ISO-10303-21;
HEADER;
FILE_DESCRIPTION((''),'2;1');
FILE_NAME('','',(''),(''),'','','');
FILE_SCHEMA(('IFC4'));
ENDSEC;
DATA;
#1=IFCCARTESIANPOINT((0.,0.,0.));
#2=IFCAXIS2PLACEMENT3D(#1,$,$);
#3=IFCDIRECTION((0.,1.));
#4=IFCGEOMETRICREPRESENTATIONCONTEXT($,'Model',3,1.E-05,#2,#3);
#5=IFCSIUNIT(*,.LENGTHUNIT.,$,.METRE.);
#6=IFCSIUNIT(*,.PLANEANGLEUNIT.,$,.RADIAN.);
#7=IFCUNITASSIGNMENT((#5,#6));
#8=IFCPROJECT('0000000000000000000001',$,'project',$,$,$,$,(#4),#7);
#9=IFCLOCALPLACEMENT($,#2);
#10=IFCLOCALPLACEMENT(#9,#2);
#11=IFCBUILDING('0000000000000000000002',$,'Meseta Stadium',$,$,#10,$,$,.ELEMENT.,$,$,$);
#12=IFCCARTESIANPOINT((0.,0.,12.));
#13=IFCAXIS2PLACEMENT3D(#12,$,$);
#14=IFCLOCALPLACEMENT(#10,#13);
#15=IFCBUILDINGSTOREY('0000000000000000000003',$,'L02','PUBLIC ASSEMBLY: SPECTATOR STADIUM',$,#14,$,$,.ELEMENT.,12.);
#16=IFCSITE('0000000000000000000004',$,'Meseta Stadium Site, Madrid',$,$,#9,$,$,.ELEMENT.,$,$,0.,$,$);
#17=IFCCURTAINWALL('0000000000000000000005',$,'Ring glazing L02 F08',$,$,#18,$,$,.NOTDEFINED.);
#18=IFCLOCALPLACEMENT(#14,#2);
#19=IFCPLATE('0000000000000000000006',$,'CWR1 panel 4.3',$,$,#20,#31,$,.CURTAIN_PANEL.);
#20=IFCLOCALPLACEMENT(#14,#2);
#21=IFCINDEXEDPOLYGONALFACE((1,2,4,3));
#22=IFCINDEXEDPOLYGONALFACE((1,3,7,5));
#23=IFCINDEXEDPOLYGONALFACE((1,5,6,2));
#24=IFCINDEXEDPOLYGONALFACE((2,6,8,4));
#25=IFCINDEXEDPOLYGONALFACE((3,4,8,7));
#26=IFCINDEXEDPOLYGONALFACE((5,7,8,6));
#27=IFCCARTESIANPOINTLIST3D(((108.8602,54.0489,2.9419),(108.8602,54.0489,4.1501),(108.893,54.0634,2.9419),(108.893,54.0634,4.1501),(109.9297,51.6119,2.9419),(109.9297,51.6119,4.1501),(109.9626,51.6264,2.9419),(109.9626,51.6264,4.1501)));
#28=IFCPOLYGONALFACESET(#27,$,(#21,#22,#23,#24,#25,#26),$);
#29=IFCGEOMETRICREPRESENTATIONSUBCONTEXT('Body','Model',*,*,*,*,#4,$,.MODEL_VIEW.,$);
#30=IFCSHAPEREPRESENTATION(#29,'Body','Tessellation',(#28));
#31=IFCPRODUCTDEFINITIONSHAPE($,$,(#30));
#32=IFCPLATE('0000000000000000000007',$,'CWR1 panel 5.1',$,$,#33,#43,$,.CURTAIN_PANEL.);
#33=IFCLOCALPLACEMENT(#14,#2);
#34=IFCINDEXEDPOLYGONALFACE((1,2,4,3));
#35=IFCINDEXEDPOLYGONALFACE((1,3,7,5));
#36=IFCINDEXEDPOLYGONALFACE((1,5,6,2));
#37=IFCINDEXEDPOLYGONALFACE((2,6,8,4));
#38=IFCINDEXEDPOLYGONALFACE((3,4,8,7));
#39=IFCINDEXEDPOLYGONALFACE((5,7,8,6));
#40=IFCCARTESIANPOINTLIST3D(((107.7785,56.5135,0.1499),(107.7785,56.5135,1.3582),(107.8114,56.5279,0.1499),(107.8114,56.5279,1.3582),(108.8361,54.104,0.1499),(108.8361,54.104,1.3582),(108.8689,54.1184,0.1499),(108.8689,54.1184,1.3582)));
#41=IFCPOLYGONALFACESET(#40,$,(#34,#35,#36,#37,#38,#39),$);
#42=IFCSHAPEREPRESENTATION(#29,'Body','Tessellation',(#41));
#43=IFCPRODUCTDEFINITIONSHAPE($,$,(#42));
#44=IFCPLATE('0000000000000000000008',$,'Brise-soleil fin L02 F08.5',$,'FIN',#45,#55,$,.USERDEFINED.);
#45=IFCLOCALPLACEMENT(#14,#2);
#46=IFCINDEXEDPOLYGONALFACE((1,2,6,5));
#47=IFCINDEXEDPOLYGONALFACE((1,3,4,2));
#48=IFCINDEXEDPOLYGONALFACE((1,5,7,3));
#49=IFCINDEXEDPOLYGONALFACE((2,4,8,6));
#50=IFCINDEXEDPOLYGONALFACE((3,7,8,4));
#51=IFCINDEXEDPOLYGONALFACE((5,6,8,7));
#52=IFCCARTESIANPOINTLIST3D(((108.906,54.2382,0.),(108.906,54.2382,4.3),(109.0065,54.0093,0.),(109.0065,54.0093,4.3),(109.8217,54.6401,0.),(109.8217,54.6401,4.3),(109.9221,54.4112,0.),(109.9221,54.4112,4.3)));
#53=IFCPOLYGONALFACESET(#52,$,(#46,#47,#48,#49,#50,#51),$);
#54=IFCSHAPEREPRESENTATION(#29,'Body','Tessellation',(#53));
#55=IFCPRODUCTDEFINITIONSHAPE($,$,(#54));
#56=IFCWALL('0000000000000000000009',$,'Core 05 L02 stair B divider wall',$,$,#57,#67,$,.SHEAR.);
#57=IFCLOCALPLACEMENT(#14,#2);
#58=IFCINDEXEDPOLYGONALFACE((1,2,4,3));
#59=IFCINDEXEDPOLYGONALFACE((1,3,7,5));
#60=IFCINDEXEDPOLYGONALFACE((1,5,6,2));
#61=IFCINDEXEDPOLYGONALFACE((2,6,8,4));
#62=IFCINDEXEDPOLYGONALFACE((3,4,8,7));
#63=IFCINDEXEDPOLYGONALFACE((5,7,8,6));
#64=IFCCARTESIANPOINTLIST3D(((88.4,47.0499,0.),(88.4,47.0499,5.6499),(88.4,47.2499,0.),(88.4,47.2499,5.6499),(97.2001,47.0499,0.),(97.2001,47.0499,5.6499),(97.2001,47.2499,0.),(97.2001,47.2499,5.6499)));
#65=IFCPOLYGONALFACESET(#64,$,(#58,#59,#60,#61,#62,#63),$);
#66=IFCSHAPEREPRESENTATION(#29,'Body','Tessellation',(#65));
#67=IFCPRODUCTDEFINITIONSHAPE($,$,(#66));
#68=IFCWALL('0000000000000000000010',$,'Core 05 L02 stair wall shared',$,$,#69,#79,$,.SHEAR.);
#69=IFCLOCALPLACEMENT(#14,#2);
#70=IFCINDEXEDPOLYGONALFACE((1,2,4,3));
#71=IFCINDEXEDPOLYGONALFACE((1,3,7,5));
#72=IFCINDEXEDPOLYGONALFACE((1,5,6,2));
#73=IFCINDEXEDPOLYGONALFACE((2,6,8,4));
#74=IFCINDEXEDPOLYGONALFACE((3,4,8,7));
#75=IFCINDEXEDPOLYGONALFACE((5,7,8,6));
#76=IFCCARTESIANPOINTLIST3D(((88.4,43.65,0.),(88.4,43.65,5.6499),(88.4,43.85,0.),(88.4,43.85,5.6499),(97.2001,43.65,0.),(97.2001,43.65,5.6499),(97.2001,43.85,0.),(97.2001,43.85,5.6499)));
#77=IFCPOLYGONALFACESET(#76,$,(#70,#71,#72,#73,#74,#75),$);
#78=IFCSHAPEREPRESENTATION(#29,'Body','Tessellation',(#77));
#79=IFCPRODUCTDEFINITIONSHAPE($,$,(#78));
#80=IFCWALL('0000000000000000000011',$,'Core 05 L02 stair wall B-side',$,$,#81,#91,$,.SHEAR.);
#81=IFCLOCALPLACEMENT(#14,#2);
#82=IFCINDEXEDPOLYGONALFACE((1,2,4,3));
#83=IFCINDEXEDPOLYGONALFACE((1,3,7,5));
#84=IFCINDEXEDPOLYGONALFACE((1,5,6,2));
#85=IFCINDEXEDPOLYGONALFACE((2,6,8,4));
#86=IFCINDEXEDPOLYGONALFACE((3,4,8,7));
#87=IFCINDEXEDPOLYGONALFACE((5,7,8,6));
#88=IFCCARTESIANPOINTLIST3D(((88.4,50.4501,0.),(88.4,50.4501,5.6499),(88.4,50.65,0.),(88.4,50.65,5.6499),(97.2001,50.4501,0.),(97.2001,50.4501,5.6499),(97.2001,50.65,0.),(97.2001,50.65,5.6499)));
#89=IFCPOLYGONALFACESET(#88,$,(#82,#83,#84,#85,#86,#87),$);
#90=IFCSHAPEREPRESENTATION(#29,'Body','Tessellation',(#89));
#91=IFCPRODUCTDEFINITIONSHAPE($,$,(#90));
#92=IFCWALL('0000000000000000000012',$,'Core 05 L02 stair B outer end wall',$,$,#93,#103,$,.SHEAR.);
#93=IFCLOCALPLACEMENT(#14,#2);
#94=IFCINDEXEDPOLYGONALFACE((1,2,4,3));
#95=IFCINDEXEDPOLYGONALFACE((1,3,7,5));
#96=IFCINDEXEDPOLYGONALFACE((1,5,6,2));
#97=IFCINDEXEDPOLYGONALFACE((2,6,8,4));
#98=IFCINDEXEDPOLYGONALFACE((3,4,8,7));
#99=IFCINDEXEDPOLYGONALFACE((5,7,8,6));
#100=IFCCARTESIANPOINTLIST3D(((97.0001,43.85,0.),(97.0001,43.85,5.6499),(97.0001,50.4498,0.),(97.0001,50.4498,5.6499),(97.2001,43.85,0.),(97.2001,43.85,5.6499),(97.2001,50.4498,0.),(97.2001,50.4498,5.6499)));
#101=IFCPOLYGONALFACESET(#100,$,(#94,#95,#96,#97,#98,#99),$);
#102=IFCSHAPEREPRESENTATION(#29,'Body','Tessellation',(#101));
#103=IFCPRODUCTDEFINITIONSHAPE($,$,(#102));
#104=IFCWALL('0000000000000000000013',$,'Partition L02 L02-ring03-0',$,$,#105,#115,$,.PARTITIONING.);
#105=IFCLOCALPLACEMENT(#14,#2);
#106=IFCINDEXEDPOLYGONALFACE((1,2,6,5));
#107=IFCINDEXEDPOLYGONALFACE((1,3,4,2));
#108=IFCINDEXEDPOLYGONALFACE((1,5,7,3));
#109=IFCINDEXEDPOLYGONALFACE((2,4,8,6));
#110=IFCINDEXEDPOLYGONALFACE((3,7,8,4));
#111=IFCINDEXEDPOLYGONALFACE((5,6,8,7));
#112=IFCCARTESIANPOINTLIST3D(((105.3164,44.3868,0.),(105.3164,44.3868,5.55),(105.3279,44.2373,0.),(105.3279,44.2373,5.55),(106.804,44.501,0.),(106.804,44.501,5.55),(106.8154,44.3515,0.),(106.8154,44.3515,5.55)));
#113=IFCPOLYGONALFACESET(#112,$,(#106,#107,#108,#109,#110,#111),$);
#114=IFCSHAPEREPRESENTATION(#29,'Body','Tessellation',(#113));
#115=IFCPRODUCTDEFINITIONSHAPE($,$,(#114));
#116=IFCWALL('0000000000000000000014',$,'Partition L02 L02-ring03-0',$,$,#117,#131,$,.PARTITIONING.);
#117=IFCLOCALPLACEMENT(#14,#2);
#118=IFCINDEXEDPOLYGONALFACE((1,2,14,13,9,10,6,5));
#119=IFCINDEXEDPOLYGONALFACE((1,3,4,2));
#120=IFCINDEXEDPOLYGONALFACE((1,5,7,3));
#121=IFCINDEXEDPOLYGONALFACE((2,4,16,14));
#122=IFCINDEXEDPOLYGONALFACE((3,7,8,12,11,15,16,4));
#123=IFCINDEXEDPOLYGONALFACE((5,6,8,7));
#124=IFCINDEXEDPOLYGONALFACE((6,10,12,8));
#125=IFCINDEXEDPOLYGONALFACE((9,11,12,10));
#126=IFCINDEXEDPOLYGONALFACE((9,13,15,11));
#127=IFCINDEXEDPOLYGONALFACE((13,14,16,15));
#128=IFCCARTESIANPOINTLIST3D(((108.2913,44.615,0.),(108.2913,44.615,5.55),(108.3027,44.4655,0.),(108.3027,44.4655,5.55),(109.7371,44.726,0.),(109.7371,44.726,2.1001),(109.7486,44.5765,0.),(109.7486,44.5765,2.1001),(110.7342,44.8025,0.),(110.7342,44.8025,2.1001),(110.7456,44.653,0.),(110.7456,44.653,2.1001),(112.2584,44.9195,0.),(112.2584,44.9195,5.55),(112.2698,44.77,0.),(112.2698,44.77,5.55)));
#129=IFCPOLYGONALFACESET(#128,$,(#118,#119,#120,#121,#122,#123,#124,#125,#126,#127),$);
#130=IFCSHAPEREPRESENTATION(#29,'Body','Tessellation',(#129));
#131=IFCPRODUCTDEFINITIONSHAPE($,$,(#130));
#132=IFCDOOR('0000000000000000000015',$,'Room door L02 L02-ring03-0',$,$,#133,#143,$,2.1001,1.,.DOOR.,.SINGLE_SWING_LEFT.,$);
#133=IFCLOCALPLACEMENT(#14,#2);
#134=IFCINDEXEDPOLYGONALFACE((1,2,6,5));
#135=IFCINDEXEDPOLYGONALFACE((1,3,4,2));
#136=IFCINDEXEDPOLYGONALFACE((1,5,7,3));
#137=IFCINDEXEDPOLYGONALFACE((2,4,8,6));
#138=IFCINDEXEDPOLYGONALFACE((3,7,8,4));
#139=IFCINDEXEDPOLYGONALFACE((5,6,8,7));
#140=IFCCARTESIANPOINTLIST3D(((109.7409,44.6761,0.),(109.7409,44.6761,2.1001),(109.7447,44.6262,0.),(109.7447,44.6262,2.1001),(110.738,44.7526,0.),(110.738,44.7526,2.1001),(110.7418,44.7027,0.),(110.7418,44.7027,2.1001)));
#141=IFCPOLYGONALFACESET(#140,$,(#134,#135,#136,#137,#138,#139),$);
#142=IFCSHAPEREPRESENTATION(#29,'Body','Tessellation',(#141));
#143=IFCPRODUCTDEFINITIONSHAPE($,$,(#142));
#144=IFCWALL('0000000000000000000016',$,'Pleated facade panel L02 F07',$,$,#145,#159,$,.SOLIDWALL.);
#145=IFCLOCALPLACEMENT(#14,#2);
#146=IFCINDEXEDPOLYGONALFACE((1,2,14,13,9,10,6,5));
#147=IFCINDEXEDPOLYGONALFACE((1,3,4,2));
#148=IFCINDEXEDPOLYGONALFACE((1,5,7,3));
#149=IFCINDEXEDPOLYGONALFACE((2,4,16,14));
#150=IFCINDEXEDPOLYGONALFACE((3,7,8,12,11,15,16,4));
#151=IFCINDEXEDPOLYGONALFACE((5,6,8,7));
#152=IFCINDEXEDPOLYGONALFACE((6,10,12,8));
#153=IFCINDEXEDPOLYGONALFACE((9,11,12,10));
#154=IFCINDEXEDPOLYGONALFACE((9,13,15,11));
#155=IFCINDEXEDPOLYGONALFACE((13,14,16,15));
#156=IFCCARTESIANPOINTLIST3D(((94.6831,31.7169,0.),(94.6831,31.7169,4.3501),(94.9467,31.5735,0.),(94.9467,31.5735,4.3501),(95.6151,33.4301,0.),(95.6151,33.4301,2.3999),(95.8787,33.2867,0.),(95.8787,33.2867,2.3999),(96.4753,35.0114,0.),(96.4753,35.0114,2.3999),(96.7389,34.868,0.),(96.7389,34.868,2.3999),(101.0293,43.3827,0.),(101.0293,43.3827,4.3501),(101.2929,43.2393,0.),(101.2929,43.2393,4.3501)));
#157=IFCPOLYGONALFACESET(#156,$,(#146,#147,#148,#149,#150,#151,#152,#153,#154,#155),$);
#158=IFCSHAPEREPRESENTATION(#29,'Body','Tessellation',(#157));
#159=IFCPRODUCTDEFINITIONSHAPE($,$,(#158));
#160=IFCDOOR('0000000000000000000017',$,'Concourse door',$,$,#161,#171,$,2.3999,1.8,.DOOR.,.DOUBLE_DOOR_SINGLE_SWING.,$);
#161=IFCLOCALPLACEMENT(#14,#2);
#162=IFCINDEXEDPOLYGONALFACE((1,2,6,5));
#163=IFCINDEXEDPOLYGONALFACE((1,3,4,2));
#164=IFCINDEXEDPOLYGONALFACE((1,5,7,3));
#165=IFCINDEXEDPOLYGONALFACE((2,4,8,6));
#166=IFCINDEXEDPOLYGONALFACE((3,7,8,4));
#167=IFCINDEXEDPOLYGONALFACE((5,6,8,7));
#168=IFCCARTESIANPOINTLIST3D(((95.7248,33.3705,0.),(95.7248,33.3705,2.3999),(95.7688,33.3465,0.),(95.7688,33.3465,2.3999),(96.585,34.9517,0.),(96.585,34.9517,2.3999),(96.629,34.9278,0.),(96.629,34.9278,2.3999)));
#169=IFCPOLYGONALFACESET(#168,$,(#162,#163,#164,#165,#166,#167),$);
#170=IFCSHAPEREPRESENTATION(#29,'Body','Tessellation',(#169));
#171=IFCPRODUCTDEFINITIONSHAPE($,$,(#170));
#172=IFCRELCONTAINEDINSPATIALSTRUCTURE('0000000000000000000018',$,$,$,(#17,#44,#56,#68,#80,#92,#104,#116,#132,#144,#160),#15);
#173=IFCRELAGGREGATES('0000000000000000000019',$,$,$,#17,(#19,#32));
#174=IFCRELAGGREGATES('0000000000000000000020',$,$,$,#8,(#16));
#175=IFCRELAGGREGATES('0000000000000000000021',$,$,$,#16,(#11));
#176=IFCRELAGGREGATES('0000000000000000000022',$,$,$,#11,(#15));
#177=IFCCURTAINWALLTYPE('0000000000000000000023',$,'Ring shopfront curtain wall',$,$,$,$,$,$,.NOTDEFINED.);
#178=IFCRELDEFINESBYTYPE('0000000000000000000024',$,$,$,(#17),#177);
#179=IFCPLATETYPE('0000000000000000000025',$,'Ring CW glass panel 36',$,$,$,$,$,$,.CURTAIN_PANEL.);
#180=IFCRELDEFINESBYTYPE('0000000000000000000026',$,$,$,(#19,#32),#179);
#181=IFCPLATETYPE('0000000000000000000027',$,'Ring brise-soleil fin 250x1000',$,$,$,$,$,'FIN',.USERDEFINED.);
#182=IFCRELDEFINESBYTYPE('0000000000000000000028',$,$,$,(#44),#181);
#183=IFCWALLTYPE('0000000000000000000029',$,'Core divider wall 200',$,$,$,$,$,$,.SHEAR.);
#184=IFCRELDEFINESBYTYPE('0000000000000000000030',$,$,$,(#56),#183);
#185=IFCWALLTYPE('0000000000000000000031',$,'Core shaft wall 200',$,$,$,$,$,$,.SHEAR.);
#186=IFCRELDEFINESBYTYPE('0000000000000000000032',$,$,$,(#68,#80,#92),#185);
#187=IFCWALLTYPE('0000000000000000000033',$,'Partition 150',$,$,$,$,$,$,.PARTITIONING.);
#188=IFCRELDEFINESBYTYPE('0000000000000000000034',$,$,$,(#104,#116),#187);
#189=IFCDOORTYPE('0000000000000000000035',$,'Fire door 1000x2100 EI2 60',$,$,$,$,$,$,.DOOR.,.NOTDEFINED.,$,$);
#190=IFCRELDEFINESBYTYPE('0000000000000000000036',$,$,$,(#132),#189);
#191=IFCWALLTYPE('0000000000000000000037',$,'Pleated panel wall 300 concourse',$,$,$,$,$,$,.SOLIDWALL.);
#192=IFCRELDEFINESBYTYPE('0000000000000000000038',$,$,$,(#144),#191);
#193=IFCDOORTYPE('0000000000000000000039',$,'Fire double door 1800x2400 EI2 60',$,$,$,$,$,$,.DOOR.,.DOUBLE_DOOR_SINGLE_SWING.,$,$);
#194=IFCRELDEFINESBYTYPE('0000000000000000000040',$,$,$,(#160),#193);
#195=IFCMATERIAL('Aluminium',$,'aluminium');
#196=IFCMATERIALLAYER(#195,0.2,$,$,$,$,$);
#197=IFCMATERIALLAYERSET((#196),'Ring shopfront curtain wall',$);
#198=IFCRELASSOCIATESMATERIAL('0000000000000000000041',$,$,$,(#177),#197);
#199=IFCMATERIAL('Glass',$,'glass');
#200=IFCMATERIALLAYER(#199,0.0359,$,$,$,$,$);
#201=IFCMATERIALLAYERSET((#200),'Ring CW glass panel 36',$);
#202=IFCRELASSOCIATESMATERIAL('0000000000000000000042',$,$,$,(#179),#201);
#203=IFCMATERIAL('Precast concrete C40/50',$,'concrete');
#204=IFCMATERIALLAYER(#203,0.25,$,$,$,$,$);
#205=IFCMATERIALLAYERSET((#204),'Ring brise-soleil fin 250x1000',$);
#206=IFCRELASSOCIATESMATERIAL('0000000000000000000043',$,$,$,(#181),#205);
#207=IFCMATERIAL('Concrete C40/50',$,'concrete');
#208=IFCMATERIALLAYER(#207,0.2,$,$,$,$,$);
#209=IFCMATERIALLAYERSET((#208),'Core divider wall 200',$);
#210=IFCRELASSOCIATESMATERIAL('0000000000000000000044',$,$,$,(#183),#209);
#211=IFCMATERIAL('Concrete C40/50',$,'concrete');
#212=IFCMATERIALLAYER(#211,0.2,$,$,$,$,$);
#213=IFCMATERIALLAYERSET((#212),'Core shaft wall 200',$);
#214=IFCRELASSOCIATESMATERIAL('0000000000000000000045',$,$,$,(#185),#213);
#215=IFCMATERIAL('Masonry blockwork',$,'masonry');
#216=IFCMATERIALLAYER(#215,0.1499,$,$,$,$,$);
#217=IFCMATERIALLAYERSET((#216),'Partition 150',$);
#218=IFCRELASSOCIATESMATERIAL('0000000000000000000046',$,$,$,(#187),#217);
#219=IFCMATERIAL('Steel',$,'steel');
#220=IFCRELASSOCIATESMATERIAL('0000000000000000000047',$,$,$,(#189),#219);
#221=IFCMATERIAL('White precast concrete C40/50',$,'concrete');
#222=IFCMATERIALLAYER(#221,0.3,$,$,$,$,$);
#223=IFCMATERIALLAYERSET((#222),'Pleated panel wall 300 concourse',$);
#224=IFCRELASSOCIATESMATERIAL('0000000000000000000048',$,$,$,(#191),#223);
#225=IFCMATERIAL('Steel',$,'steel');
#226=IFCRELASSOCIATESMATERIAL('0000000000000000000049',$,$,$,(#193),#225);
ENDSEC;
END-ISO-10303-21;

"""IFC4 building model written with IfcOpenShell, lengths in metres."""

from ifc_helpers import new_model, si_unit, direction, frame, frame_2d, origin, origin_2d, place, context, subcontext, project, spatial, rectangle, extrude, material, layer, layer_set, type_object, element, fill, aggregate, save


model = new_model("IFC4")

# Units and contexts
model_context = context("Model", 3, precision=1e-05, world=origin(), true_north=direction((0.0, 1.0)))
body_context = subcontext(model_context, "Body", "Model", "MODEL_VIEW")
ifc_project = project(units=[si_unit("LENGTHUNIT", "METRE"), si_unit("PLANEANGLEUNIT", "RADIAN")], contexts=[model_context])

# Site, building, storey
site_placement = place(None, origin())
site = spatial("IfcSite", under=ifc_project, at=site_placement, Name="Meseta Stadium Site, Madrid", CompositionType="ELEMENT", RefElevation=0.0)
building_placement = place(site_placement, origin())
building = spatial("IfcBuilding", under=site, at=building_placement, Name="Meseta Stadium", CompositionType="ELEMENT")
storey_placement = place(building_placement, frame((0.0, 0.0, 12.0)))
storey = spatial("IfcBuildingStorey", under=building, at=storey_placement, Name="L02", Description="PUBLIC ASSEMBLY: SPECTATOR STADIUM", CompositionType="ELEMENT", Elevation=12.0)

# Curtain wall, plates
ifc_material_1 = material(Name="Aluminium", Category="aluminium")
ifc_layer_1 = layer(ifc_material_1, 0.2)
ifc_layer_set_1 = layer_set([ifc_layer_1], Name="Ring shopfront curtain wall")
curtain_wall_type = type_object("IfcCurtainWallType", Name="Ring shopfront curtain wall", PredefinedType="NOTDEFINED", material=ifc_layer_set_1)
curtain_wall_placement = place(storey_placement, origin())
curtain_wall = element("IfcCurtainWall", 1, at=curtain_wall_placement, inside=storey, type_object=curtain_wall_type, Name="Ring glazing L02 F08", PredefinedType="NOTDEFINED")
ifc_material_2 = material(Name="Glass", Category="glass")
ifc_layer_2 = layer(ifc_material_2, 0.0359)
ifc_layer_set_2 = layer_set([ifc_layer_2], Name="Ring CW glass panel 36")
plate_type_1 = type_object("IfcPlateType", Name="Ring CW glass panel 36", PredefinedType="CURTAIN_PANEL", material=ifc_layer_set_2)
plate_1_placement = place(storey_placement, frame((109.4114, 52.8376, 2.9419), z_axis=(0.0, 0.0, 1.0), x_axis=(-0.401892, 0.915687, 0.0)))
plate_1 = element("IfcPlate", 2, at=plate_1_placement, type_object=plate_type_1, Name="CWR1 panel 4.3", PredefinedType="CURTAIN_PANEL", context=body_context, shape_type="SweptSolid", body=[
    extrude(rectangle(XDim=2.6614, YDim=0.0359, at=origin_2d()), origin(), (0.0, 0.0, 1.0), 1.2083),
])
plate_2_placement = place(storey_placement, frame((108.3237, 55.3159, 0.1499), z_axis=(0.0, 0.0, 1.0), x_axis=(-0.401892, 0.915687, 0.0)))
plate_2 = element("IfcPlate", 3, at=plate_2_placement, type_object=plate_type_1, Name="CWR1 panel 5.1", PredefinedType="CURTAIN_PANEL", context=body_context, shape_type="SweptSolid", body=[
    extrude(rectangle(XDim=2.6313, YDim=0.0359, at=origin_2d()), origin(), (0.0, 0.0, 1.0), 1.2083),
])
aggregate(curtain_wall, [plate_1, plate_2])

# Plate
ifc_material_3 = material(Name="Precast concrete C40/50", Category="concrete")
ifc_layer_3 = layer(ifc_material_3, 0.25)
ifc_layer_set_3 = layer_set([ifc_layer_3], Name="Ring brise-soleil fin 250x1000")
plate_type_2 = type_object("IfcPlateType", Name="Ring brise-soleil fin 250x1000", ElementType="FIN", PredefinedType="USERDEFINED", material=ifc_layer_set_3)
plate_3_placement = place(storey_placement, frame((109.4141, 54.3247, 0.0), z_axis=(0.0, 0.0, 1.0), x_axis=(-0.401892, 0.915687, 0.0)))
element("IfcPlate", 4, at=plate_3_placement, inside=storey, type_object=plate_type_2, Name="Brise-soleil fin L02 F08.5", ObjectType="FIN", PredefinedType="USERDEFINED", context=body_context, shape_type="SweptSolid", body=[
    extrude(rectangle(XDim=0.25, YDim=1.0, at=origin_2d()), origin(), (0.0, 0.0, 1.0), 4.3),
])

# Walls
ifc_material_4 = material(Name="Concrete C40/50", Category="concrete")
ifc_layer_4 = layer(ifc_material_4, 0.2)
ifc_layer_set_4 = layer_set([ifc_layer_4], Name="Core divider wall 200")
wall_type_1 = type_object("IfcWallType", Name="Core divider wall 200", PredefinedType="SHEAR", material=ifc_layer_set_4)
wall_1_placement = place(storey_placement, frame((97.2, 47.1499, 0.0), z_axis=(0.0, 0.0, 1.0), x_axis=(-1.0, 0.0, 0.0)))
element("IfcWall", 5, at=wall_1_placement, inside=storey, type_object=wall_type_1, Name="Core 05 L02 stair B divider wall", PredefinedType="SHEAR", context=body_context, shape_type="SweptSolid", body=[
    extrude(rectangle(XDim=8.8, YDim=0.2, at=frame_2d((4.3999, 0.0))), origin(), (0.0, 0.0, 1.0), 5.6499),
])
ifc_material_5 = material(Name="Concrete C40/50", Category="concrete")
ifc_layer_5 = layer(ifc_material_5, 0.2)
ifc_layer_set_5 = layer_set([ifc_layer_5], Name="Core shaft wall 200")
wall_type_2 = type_object("IfcWallType", Name="Core shaft wall 200", PredefinedType="SHEAR", material=ifc_layer_set_5)
for number, where, z_axis, x_axis, name in (
    (6, (97.2, 43.75, 0.0), (0.0, 0.0, 1.0), (-1.0, 0.0, 0.0), "Core 05 L02 stair wall shared"),
    (7, (97.2, 50.55, 0.0), (0.0, 0.0, 1.0), (-1.0, 0.0, 0.0), "Core 05 L02 stair wall B-side"),
):
    element("IfcWall", number, at=place(storey_placement, frame(where, z_axis=z_axis, x_axis=x_axis)), inside=storey, type_object=wall_type_2, Name=name, PredefinedType="SHEAR", context=body_context, shape_type="SweptSolid", body=[
        extrude(rectangle(XDim=8.8, YDim=0.2, at=frame_2d((4.3999, 0.0))), origin(), (0.0, 0.0, 1.0), 5.6499),
    ])
wall_2_placement = place(storey_placement, frame((97.1001, 43.8501, 0.0), z_axis=(0.0, 0.0, 1.0), x_axis=(0.0, 1.0, 0.0)))
element("IfcWall", 8, at=wall_2_placement, inside=storey, type_object=wall_type_2, Name="Core 05 L02 stair B outer end wall", PredefinedType="SHEAR", context=body_context, shape_type="SweptSolid", body=[
    extrude(rectangle(XDim=6.5999, YDim=0.2, at=frame_2d((3.2998, 0.0))), origin(), (0.0, 0.0, 1.0), 5.6499),
])
ifc_material_6 = material(Name="Masonry blockwork", Category="masonry")
ifc_layer_6 = layer(ifc_material_6, 0.1499)
ifc_layer_set_6 = layer_set([ifc_layer_6], Name="Partition 150")
wall_type_3 = type_object("IfcWallType", Name="Partition 150", PredefinedType="PARTITIONING", material=ifc_layer_set_6)
wall_3_placement = place(storey_placement, frame((105.322, 44.312, 0.0), z_axis=(0.0, 0.0, 1.0), x_axis=(0.997063, 0.076584, 0.0)))
element("IfcWall", 9, at=wall_3_placement, inside=storey, type_object=wall_type_3, Name="Partition L02 L02-ring03-0", PredefinedType="PARTITIONING", context=body_context, shape_type="SweptSolid", body=[
    extrude(rectangle(XDim=1.4919, YDim=0.1499, at=frame_2d((0.7461, 0.0))), origin(), (0.0, 0.0, 1.0), 5.55),
])

# Walls, openings, doors
wall_4_placement = place(storey_placement, frame((108.2971, 44.5403, 0.0), z_axis=(0.0, 0.0, 1.0), x_axis=(0.997068, 0.076518, 0.0)))
wall_4 = element("IfcWall", 10, at=wall_4_placement, inside=storey, type_object=wall_type_3, Name="Partition L02 L02-ring03-0", PredefinedType="PARTITIONING", context=body_context, shape_type="SweptSolid", body=[
    extrude(rectangle(XDim=3.9788, YDim=0.1499, at=frame_2d((1.9893, 0.0))), origin(), (0.0, 0.0, 1.0), 5.55),
])
opening_1_placement = place(wall_4_placement, frame((1.45, 0.0, 0.0)))
opening_1 = element("IfcOpeningElement", 11, at=opening_1_placement, cuts=wall_4, PredefinedType="OPENING", context=body_context, shape_type="SweptSolid", body=[
    extrude(rectangle(XDim=1.0, YDim=2.1001, at=frame_2d((0.5, 1.05))), frame((0.0, 0.085, 0.0), z_axis=(0.0, -1.0, 0.0), x_axis=(1.0, 0.0, 0.0)), (0.0, 0.0, 1.0), 0.1699),
])
ifc_material_7 = material(Name="Steel", Category="steel")
door_type_1 = type_object("IfcDoorType", Name="Fire door 1000x2100 EI2 60", OperationType="NOTDEFINED", PredefinedType="DOOR", material=ifc_material_7)
door_1_placement = place(opening_1_placement, origin())
door_1 = element("IfcDoor", 12, at=door_1_placement, inside=storey, type_object=door_type_1, Name="Room door L02 L02-ring03-0", OperationType="SINGLE_SWING_LEFT", OverallHeight=2.1001, OverallWidth=1.0, PredefinedType="DOOR", context=body_context, shape_type="SweptSolid", body=[
    extrude(rectangle(XDim=1.0, YDim=2.1001, at=frame_2d((0.5, 1.05))), frame((0.0, 0.0249, 0.0), z_axis=(0.0, -1.0, 0.0), x_axis=(1.0, 0.0, 0.0)), (0.0, 0.0, 1.0), 0.05),
])
fill(opening_1, door_1)
ifc_material_8 = material(Name="White precast concrete C40/50", Category="concrete")
ifc_layer_7 = layer(ifc_material_8, 0.3)
ifc_layer_set_7 = layer_set([ifc_layer_7], Name="Pleated panel wall 300 concourse")
wall_type_4 = type_object("IfcWallType", Name="Pleated panel wall 300 concourse", PredefinedType="SOLIDWALL", material=ifc_layer_set_7)
wall_5_placement = place(storey_placement, frame((101.1611, 43.311, 0.0), z_axis=(0.0, 0.0, 1.0), x_axis=(-0.477868, -0.878432, 0.0)))
wall_5 = element("IfcWall", 13, at=wall_5_placement, inside=storey, type_object=wall_type_4, Name="Pleated facade panel L02 F07", PredefinedType="SOLIDWALL", context=body_context, shape_type="SweptSolid", body=[
    extrude(rectangle(XDim=13.2803, YDim=0.3, at=frame_2d((6.6401, 0.0))), origin(), (0.0, 0.0, 1.0), 4.3501),
])
opening_2_placement = place(wall_5_placement, frame((9.53, 0.0, 0.0)))
opening_2 = element("IfcOpeningElement", 14, at=opening_2_placement, cuts=wall_5, PredefinedType="OPENING", context=body_context, shape_type="SweptSolid", body=[
    extrude(rectangle(XDim=1.8, YDim=2.3999, at=frame_2d((0.8999, 1.2))), frame((0.0, 0.1599, 0.0), z_axis=(0.0, -1.0, 0.0), x_axis=(1.0, 0.0, 0.0)), (0.0, 0.0, 1.0), 0.3201),
])
ifc_material_9 = material(Name="Steel", Category="steel")
door_type_2 = type_object("IfcDoorType", Name="Fire double door 1800x2400 EI2 60", OperationType="DOUBLE_DOOR_SINGLE_SWING", PredefinedType="DOOR", material=ifc_material_9)
door_2_placement = place(opening_2_placement, origin())
door_2 = element("IfcDoor", 15, at=door_2_placement, inside=storey, type_object=door_type_2, Name="Concourse door", OperationType="DOUBLE_DOOR_SINGLE_SWING", OverallHeight=2.3999, OverallWidth=1.8, PredefinedType="DOOR", context=body_context, shape_type="SweptSolid", body=[
    extrude(rectangle(XDim=1.8, YDim=2.3999, at=frame_2d((0.8999, 1.2))), frame((0.0, 0.0249, 0.0), z_axis=(0.0, -1.0, 0.0), x_axis=(1.0, 0.0, 0.0)), (0.0, 0.0, 1.0), 0.05),
])
fill(opening_2, door_2)

save(model, "model.ifc")
